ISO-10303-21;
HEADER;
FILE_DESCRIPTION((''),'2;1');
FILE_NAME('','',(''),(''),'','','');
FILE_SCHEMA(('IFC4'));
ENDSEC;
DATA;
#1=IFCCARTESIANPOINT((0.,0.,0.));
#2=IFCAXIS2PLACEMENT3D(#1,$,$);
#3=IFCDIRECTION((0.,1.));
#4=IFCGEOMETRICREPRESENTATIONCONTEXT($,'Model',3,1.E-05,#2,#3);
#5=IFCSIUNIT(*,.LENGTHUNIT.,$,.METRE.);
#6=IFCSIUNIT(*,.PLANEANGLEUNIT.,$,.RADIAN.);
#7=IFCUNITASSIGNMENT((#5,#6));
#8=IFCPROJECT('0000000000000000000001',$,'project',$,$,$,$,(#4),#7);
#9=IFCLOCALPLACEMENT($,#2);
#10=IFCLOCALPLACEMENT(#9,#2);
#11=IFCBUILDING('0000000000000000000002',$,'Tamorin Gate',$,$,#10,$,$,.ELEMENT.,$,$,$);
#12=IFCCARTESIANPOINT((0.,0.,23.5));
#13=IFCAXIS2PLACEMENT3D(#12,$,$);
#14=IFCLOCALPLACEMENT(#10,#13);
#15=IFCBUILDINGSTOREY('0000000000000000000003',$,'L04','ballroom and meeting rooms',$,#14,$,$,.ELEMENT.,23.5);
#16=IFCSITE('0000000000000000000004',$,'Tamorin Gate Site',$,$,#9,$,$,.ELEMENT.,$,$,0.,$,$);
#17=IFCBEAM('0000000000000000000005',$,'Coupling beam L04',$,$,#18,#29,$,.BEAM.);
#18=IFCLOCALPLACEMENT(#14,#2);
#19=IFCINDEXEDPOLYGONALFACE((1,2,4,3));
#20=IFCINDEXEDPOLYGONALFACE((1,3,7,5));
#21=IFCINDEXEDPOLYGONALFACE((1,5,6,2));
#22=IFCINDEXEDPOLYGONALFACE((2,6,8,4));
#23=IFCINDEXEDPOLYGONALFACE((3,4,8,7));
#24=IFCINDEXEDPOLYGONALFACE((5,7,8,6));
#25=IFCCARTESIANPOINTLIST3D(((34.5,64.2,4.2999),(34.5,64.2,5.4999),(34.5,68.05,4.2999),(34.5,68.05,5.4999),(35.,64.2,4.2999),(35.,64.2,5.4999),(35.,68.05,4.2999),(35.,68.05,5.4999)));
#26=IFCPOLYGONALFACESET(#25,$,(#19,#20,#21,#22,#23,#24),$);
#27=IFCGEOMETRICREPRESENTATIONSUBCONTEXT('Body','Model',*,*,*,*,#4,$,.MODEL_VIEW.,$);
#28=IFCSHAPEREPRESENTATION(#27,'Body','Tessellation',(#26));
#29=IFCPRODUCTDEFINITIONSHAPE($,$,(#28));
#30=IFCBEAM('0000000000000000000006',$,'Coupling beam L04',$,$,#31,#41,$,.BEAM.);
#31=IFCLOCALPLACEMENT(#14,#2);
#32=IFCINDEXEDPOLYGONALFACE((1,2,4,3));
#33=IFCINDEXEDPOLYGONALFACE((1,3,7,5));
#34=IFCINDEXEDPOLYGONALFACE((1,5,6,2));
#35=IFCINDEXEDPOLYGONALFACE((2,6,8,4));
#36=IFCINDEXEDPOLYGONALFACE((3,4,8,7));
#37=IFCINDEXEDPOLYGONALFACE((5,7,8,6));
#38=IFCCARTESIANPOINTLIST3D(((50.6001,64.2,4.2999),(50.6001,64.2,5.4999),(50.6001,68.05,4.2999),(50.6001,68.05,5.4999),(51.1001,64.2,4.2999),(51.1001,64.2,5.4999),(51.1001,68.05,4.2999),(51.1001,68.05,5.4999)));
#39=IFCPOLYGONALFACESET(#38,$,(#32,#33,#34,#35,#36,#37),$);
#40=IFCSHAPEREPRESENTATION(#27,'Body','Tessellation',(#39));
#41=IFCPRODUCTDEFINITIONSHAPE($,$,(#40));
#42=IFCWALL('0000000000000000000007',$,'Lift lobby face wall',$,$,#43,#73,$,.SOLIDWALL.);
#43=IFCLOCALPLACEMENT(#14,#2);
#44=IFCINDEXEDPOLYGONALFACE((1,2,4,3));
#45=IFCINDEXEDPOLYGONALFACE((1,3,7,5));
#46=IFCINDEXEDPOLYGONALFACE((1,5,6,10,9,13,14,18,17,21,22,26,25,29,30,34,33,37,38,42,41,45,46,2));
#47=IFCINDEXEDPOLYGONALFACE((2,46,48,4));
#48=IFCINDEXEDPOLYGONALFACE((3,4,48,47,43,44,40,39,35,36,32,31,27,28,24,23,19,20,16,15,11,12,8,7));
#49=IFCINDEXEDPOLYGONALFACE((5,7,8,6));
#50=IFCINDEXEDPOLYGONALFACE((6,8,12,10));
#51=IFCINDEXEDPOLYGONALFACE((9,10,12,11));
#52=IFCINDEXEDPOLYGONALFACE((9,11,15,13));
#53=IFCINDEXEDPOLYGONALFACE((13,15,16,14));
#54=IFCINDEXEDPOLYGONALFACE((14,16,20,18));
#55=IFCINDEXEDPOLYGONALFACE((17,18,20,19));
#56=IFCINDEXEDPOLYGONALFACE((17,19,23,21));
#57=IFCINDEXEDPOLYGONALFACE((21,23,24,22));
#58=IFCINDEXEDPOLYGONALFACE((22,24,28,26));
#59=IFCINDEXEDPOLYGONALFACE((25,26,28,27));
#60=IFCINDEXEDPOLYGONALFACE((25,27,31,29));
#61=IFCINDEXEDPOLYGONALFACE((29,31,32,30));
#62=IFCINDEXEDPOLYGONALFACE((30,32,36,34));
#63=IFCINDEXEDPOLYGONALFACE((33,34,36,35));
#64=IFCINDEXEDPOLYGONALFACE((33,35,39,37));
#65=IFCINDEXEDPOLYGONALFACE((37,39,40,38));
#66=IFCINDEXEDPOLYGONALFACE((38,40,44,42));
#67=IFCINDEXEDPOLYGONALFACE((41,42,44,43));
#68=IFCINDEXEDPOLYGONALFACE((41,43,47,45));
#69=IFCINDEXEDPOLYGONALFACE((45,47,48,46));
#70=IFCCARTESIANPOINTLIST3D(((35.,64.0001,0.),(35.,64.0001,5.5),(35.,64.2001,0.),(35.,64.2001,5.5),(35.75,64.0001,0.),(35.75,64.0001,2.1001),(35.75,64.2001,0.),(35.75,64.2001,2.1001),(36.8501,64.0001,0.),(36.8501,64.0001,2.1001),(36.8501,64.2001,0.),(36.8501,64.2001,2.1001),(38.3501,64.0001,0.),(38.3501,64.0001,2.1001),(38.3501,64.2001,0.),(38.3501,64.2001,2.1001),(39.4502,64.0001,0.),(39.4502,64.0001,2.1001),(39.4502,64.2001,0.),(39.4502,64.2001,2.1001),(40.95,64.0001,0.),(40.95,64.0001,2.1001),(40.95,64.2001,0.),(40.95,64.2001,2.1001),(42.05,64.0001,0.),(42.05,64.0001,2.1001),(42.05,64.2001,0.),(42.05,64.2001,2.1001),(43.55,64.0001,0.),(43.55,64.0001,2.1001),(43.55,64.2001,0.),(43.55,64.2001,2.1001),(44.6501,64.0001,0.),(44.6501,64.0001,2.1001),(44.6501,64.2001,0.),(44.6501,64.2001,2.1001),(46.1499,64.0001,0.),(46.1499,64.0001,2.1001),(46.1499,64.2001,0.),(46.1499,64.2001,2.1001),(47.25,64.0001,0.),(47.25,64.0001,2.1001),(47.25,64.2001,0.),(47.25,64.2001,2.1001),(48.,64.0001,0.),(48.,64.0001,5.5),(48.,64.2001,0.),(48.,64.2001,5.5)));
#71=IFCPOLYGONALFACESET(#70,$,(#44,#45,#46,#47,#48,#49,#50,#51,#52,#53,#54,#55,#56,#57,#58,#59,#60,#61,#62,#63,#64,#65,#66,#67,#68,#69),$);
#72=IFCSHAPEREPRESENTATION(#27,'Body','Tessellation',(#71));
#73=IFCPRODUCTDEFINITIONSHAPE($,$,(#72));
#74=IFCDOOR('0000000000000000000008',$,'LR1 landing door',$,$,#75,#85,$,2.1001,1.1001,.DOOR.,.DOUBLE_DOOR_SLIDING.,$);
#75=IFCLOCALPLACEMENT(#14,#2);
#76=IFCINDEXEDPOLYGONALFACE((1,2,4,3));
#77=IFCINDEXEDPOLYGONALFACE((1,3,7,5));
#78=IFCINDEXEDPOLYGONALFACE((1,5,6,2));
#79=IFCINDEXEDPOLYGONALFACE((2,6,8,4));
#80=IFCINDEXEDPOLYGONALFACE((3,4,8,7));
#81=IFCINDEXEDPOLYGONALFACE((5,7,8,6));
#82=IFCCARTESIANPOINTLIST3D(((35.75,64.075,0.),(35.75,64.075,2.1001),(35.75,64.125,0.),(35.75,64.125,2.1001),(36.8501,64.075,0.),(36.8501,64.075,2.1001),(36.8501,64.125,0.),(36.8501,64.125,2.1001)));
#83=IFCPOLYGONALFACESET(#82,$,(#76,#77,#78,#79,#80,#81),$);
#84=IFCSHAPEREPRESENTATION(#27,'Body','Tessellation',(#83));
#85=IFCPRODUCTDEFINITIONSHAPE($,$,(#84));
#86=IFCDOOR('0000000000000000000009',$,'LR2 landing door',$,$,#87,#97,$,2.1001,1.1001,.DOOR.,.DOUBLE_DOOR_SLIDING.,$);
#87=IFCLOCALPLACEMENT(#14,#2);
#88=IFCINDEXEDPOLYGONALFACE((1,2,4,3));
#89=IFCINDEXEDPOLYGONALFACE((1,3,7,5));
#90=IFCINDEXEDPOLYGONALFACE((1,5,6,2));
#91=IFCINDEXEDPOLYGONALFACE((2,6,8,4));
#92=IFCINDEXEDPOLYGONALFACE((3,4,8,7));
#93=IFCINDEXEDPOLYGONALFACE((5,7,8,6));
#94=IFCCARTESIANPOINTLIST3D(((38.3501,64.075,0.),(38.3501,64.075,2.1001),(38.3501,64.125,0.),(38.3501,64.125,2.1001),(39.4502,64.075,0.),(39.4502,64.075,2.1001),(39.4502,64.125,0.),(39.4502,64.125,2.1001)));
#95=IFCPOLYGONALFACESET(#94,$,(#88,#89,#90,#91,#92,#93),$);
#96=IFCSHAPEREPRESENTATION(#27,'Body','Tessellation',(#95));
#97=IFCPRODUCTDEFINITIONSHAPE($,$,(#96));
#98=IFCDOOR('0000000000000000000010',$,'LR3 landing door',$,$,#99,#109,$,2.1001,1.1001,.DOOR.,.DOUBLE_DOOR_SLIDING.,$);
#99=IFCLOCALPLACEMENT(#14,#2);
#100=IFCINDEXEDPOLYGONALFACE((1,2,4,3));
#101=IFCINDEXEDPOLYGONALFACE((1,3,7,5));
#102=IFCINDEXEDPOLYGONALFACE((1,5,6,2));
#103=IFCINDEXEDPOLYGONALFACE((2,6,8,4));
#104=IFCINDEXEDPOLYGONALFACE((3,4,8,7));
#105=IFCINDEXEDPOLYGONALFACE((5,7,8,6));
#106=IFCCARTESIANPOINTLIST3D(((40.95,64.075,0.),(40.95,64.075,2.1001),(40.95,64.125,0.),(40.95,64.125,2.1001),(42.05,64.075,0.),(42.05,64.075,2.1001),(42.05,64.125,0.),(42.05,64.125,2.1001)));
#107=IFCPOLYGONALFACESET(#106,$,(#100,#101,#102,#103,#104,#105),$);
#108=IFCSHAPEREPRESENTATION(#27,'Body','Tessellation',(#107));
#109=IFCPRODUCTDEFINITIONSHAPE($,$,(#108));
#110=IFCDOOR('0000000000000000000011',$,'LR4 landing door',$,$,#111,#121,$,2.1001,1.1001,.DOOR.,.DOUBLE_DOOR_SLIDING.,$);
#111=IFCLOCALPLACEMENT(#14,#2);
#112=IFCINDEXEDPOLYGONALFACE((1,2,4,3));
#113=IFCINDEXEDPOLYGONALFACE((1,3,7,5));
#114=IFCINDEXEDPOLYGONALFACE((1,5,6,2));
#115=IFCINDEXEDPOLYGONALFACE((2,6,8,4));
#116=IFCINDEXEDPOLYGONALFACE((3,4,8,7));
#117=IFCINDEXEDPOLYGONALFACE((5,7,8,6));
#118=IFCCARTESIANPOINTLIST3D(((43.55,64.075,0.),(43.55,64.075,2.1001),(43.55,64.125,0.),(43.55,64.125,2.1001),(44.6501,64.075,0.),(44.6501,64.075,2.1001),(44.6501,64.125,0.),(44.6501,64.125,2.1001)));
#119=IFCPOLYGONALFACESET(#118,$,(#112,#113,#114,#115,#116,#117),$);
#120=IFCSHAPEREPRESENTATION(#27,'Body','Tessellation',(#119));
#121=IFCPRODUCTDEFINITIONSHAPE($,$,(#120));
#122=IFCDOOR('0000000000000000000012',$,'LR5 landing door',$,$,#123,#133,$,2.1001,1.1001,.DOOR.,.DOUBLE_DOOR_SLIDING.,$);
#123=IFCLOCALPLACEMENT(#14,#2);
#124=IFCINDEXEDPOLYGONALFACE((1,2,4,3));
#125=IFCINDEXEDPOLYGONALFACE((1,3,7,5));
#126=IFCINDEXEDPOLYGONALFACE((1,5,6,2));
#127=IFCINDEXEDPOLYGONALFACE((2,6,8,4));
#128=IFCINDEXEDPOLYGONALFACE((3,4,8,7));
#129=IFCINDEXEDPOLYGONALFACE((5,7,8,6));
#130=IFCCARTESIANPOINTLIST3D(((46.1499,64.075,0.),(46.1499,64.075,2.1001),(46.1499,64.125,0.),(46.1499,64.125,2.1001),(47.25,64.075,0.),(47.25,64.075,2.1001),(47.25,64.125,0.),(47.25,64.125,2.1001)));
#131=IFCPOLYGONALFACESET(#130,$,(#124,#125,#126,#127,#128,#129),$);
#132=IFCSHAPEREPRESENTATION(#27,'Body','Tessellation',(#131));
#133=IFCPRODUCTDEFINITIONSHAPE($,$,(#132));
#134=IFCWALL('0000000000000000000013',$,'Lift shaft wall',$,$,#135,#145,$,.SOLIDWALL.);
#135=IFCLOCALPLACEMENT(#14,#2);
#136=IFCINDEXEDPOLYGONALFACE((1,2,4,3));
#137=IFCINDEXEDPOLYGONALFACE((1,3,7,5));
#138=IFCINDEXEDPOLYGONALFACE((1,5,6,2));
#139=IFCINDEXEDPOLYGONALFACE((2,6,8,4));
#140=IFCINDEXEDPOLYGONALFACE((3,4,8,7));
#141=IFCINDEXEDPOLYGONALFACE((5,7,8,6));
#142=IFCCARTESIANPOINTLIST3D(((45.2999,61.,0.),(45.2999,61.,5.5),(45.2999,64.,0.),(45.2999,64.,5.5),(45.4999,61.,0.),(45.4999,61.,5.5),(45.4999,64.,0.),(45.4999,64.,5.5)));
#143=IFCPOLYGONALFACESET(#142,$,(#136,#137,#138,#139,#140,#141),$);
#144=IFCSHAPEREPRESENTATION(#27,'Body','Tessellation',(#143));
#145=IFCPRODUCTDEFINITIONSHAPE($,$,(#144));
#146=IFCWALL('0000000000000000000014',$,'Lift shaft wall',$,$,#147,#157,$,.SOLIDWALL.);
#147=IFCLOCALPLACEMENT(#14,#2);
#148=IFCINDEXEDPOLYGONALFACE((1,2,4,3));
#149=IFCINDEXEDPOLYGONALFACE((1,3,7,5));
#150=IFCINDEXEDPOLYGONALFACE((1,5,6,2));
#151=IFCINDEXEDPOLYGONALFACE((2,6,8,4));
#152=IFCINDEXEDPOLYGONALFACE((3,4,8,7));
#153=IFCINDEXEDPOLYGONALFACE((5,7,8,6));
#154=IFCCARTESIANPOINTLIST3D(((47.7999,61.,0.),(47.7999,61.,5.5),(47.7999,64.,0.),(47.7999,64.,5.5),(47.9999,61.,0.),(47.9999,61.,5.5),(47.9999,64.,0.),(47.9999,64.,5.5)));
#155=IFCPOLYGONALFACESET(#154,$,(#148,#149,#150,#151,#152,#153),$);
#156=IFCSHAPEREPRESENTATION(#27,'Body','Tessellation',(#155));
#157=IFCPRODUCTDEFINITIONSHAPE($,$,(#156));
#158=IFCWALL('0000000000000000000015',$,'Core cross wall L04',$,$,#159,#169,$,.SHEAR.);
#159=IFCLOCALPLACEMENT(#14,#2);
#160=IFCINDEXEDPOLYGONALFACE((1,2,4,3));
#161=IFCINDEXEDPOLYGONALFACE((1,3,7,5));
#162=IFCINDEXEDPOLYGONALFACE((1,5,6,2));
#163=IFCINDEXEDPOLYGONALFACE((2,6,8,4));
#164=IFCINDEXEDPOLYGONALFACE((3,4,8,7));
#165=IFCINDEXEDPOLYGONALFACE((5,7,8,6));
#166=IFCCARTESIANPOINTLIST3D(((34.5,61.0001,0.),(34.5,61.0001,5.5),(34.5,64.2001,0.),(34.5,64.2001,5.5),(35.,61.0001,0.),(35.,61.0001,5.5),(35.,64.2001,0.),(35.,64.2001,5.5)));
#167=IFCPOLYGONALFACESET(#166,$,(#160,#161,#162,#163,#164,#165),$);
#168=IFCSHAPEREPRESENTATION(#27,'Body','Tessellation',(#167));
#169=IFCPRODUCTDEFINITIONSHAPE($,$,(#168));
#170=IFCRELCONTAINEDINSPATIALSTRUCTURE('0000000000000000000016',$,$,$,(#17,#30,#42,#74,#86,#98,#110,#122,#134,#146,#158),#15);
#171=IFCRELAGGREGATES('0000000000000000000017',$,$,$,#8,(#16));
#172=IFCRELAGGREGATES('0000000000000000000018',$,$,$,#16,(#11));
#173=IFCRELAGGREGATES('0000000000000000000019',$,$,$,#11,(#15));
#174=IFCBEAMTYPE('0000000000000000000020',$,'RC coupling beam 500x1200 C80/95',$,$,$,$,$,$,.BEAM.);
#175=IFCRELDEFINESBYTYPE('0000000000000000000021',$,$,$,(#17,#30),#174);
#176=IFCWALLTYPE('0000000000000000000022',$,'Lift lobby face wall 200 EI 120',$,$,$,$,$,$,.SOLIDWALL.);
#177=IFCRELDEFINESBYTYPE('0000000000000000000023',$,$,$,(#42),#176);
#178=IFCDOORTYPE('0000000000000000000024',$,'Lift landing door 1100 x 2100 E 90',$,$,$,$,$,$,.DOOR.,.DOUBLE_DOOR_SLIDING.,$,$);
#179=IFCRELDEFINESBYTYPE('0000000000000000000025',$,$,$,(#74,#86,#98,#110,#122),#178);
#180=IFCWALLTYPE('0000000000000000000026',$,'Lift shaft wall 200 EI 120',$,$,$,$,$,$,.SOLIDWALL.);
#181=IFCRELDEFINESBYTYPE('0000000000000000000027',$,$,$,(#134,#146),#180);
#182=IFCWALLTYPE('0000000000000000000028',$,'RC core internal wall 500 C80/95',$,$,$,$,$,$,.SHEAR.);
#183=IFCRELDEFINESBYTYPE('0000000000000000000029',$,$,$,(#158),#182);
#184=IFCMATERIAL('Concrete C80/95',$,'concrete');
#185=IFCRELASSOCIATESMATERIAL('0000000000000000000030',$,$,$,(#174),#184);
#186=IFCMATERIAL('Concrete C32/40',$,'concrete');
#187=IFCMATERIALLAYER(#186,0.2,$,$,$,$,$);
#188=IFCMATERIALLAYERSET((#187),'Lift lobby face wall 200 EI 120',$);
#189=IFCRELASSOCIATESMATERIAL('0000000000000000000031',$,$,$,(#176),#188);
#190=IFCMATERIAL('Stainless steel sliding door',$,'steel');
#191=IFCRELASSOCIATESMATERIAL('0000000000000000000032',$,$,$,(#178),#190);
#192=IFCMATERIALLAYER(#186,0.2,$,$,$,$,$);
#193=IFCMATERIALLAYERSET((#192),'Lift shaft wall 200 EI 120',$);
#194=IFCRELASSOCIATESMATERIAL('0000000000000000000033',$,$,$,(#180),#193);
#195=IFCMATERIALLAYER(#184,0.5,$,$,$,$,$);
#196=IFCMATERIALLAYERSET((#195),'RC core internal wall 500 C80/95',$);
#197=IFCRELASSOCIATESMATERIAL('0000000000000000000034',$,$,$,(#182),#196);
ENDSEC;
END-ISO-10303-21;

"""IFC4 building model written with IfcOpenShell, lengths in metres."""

from ifc_helpers import new_model, si_unit, direction, frame, frame_2d, origin, origin_2d, place, context, subcontext, project, spatial, rectangle, extrude, material, layer, layer_set, material_profile, profile_set, type_object, element, fill, save


model = new_model("IFC4")

# Units and contexts
model_context = context("Model", 3, precision=1e-05, world=origin(), true_north=direction((0.0, 1.0)))
body_context = subcontext(model_context, "Body", "Model", "MODEL_VIEW")
ifc_project = project(units=[si_unit("LENGTHUNIT", "METRE"), si_unit("PLANEANGLEUNIT", "RADIAN")], contexts=[model_context])

# Site, building, storey
site_placement = place(None, origin())
site = spatial("IfcSite", under=ifc_project, at=site_placement, Name="Tamorin Gate Site", CompositionType="ELEMENT", RefElevation=0.0)
building_placement = place(site_placement, origin())
building = spatial("IfcBuilding", under=site, at=building_placement, Name="Tamorin Gate", CompositionType="ELEMENT")
storey_placement = place(building_placement, frame((0.0, 0.0, 23.5)))
storey = spatial("IfcBuildingStorey", under=building, at=storey_placement, Name="L04", Description="ballroom and meeting rooms", CompositionType="ELEMENT", Elevation=23.5)

# Beams
ifc_material_1 = material(Name="Concrete C80/95", Category="concrete")
ifc_material_profile = material_profile(ifc_material_1, rectangle(XDim=0.5, YDim=1.2, at=origin_2d()), Name="RC 500x1200")
ifc_profile_set = profile_set([ifc_material_profile], Name="Concrete C80/95")
beam_type = type_object("IfcBeamType", Name="RC coupling beam 500x1200 C80/95", PredefinedType="BEAM", material=ifc_profile_set)
for number, where, z_axis, x_axis, name in (
    (1, (34.75, 64.2, 4.8999), (0.0, 1.0, 0.0), (-1.0, 0.0, 0.0), "Coupling beam L04"),
    (2, (50.8501, 64.2, 4.8999), (0.0, 1.0, 0.0), (-1.0, 0.0, 0.0), "Coupling beam L04"),
):
    element("IfcBeam", number, at=place(storey_placement, frame(where, z_axis=z_axis, x_axis=x_axis)), inside=storey, type_object=beam_type, Name=name, PredefinedType="BEAM", context=body_context, shape_type="SweptSolid", body=[
        extrude(rectangle(XDim=0.5, YDim=1.2, at=origin_2d()), origin(), (0.0, 0.0, 1.0), 3.8501),
    ])

# Wall, openings, doors
ifc_material_2 = material(Name="Concrete C32/40", Category="concrete")
ifc_layer_1 = layer(ifc_material_2, 0.2)
ifc_layer_set_1 = layer_set([ifc_layer_1], Name="Lift lobby face wall 200 EI 120")
wall_type_1 = type_object("IfcWallType", Name="Lift lobby face wall 200 EI 120", PredefinedType="SOLIDWALL", material=ifc_layer_set_1)
wall_1_placement = place(storey_placement, frame((35.0, 64.1001, 0.0), z_axis=(0.0, 0.0, 1.0), x_axis=(1.0, 0.0, 0.0)))
wall_1 = element("IfcWall", 3, at=wall_1_placement, inside=storey, type_object=wall_type_1, Name="Lift lobby face wall", PredefinedType="SOLIDWALL", context=body_context, shape_type="SweptSolid", body=[
    extrude(rectangle(XDim=13.0, YDim=0.2, at=frame_2d((6.5, 0.0))), origin(), (0.0, 0.0, 1.0), 5.5),
])
opening_1_placement = place(wall_1_placement, frame((0.75, 0.0, 0.0)))
opening_1 = element("IfcOpeningElement", 4, at=opening_1_placement, cuts=wall_1, PredefinedType="OPENING", context=body_context, shape_type="SweptSolid", body=[
    extrude(rectangle(XDim=1.1001, YDim=2.1001, at=frame_2d((0.55, 1.05))), frame((0.0, 0.1099, 0.0), z_axis=(0.0, -1.0, 0.0), x_axis=(1.0, 0.0, 0.0)), (0.0, 0.0, 1.0), 0.22),
])
opening_2_placement = place(wall_1_placement, frame((3.3501, 0.0, 0.0)))
opening_2 = element("IfcOpeningElement", 5, at=opening_2_placement, cuts=wall_1, PredefinedType="OPENING", context=body_context, shape_type="SweptSolid", body=[
    extrude(rectangle(XDim=1.1001, YDim=2.1001, at=frame_2d((0.55, 1.05))), frame((0.0, 0.1099, 0.0), z_axis=(0.0, -1.0, 0.0), x_axis=(1.0, 0.0, 0.0)), (0.0, 0.0, 1.0), 0.22),
])
opening_3_placement = place(wall_1_placement, frame((5.95, 0.0, 0.0)))
opening_3 = element("IfcOpeningElement", 6, at=opening_3_placement, cuts=wall_1, PredefinedType="OPENING", context=body_context, shape_type="SweptSolid", body=[
    extrude(rectangle(XDim=1.1001, YDim=2.1001, at=frame_2d((0.55, 1.05))), frame((0.0, 0.1099, 0.0), z_axis=(0.0, -1.0, 0.0), x_axis=(1.0, 0.0, 0.0)), (0.0, 0.0, 1.0), 0.22),
])
opening_4_placement = place(wall_1_placement, frame((8.55, 0.0, 0.0)))
opening_4 = element("IfcOpeningElement", 7, at=opening_4_placement, cuts=wall_1, PredefinedType="OPENING", context=body_context, shape_type="SweptSolid", body=[
    extrude(rectangle(XDim=1.1001, YDim=2.1001, at=frame_2d((0.55, 1.05))), frame((0.0, 0.1099, 0.0), z_axis=(0.0, -1.0, 0.0), x_axis=(1.0, 0.0, 0.0)), (0.0, 0.0, 1.0), 0.22),
])
opening_5_placement = place(wall_1_placement, frame((11.1499, 0.0, 0.0)))
opening_5 = element("IfcOpeningElement", 8, at=opening_5_placement, cuts=wall_1, PredefinedType="OPENING", context=body_context, shape_type="SweptSolid", body=[
    extrude(rectangle(XDim=1.1001, YDim=2.1001, at=frame_2d((0.55, 1.05))), frame((0.0, 0.1099, 0.0), z_axis=(0.0, -1.0, 0.0), x_axis=(1.0, 0.0, 0.0)), (0.0, 0.0, 1.0), 0.22),
])
ifc_material_3 = material(Name="Stainless steel sliding door", Category="steel")
door_type_1 = type_object("IfcDoorType", Name="Lift landing door 1100 x 2100 E 90", OperationType="DOUBLE_DOOR_SLIDING", PredefinedType="DOOR", material=ifc_material_3)
door_1_placement = place(opening_1_placement, origin())
door_1 = element("IfcDoor", 9, at=door_1_placement, inside=storey, type_object=door_type_1, Name="LR1 landing door", OperationType="DOUBLE_DOOR_SLIDING", OverallHeight=2.1001, OverallWidth=1.1001, PredefinedType="DOOR", context=body_context, shape_type="SweptSolid", body=[
    extrude(rectangle(XDim=1.1001, YDim=2.1001, at=frame_2d((0.55, 1.05))), frame((0.0, 0.0249, 0.0), z_axis=(0.0, -1.0, 0.0), x_axis=(1.0, 0.0, 0.0)), (0.0, 0.0, 1.0), 0.05),
])
fill(opening_1, door_1)
door_2_placement = place(opening_2_placement, origin())
door_2 = element("IfcDoor", 10, at=door_2_placement, inside=storey, type_object=door_type_1, Name="LR2 landing door", OperationType="DOUBLE_DOOR_SLIDING", OverallHeight=2.1001, OverallWidth=1.1001, PredefinedType="DOOR", context=body_context, shape_type="SweptSolid", body=[
    extrude(rectangle(XDim=1.1001, YDim=2.1001, at=frame_2d((0.55, 1.05))), frame((0.0, 0.0249, 0.0), z_axis=(0.0, -1.0, 0.0), x_axis=(1.0, 0.0, 0.0)), (0.0, 0.0, 1.0), 0.05),
])
fill(opening_2, door_2)
door_3_placement = place(opening_3_placement, origin())
door_3 = element("IfcDoor", 11, at=door_3_placement, inside=storey, type_object=door_type_1, Name="LR3 landing door", OperationType="DOUBLE_DOOR_SLIDING", OverallHeight=2.1001, OverallWidth=1.1001, PredefinedType="DOOR", context=body_context, shape_type="SweptSolid", body=[
    extrude(rectangle(XDim=1.1001, YDim=2.1001, at=frame_2d((0.55, 1.05))), frame((0.0, 0.0249, 0.0), z_axis=(0.0, -1.0, 0.0), x_axis=(1.0, 0.0, 0.0)), (0.0, 0.0, 1.0), 0.05),
])
fill(opening_3, door_3)
door_4_placement = place(opening_4_placement, origin())
door_4 = element("IfcDoor", 12, at=door_4_placement, inside=storey, type_object=door_type_1, Name="LR4 landing door", OperationType="DOUBLE_DOOR_SLIDING", OverallHeight=2.1001, OverallWidth=1.1001, PredefinedType="DOOR", context=body_context, shape_type="SweptSolid", body=[
    extrude(rectangle(XDim=1.1001, YDim=2.1001, at=frame_2d((0.55, 1.05))), frame((0.0, 0.0249, 0.0), z_axis=(0.0, -1.0, 0.0), x_axis=(1.0, 0.0, 0.0)), (0.0, 0.0, 1.0), 0.05),
])
fill(opening_4, door_4)
door_5_placement = place(opening_5_placement, origin())
door_5 = element("IfcDoor", 13, at=door_5_placement, inside=storey, type_object=door_type_1, Name="LR5 landing door", OperationType="DOUBLE_DOOR_SLIDING", OverallHeight=2.1001, OverallWidth=1.1001, PredefinedType="DOOR", context=body_context, shape_type="SweptSolid", body=[
    extrude(rectangle(XDim=1.1001, YDim=2.1001, at=frame_2d((0.55, 1.05))), frame((0.0, 0.0249, 0.0), z_axis=(0.0, -1.0, 0.0), x_axis=(1.0, 0.0, 0.0)), (0.0, 0.0, 1.0), 0.05),
])
fill(opening_5, door_5)

# Walls
ifc_layer_2 = layer(ifc_material_2, 0.2)
ifc_layer_set_2 = layer_set([ifc_layer_2], Name="Lift shaft wall 200 EI 120")
wall_type_2 = type_object("IfcWallType", Name="Lift shaft wall 200 EI 120", PredefinedType="SOLIDWALL", material=ifc_layer_set_2)
for number, where, z_axis, x_axis, name in (
    (14, (45.3999, 61.0, 0.0), (0.0, 0.0, 1.0), (0.0, 1.0, 0.0), "Lift shaft wall"),
    (15, (47.8999, 61.0, 0.0), (0.0, 0.0, 1.0), (0.0, 1.0, 0.0), "Lift shaft wall"),
):
    element("IfcWall", number, at=place(storey_placement, frame(where, z_axis=z_axis, x_axis=x_axis)), inside=storey, type_object=wall_type_2, Name=name, PredefinedType="SOLIDWALL", context=body_context, shape_type="SweptSolid", body=[
        extrude(rectangle(XDim=3.0, YDim=0.2, at=frame_2d((1.5, 0.0))), origin(), (0.0, 0.0, 1.0), 5.5),
    ])
ifc_layer_3 = layer(ifc_material_1, 0.5)
ifc_layer_set_3 = layer_set([ifc_layer_3], Name="RC core internal wall 500 C80/95")
wall_type_3 = type_object("IfcWallType", Name="RC core internal wall 500 C80/95", PredefinedType="SHEAR", material=ifc_layer_set_3)
for number, where, z_axis, x_axis, name in (
    (16, (34.75, 61.0, 0.0), (0.0, 0.0, 1.0), (0.0, 1.0, 0.0), "Core cross wall L04"),
):
    element("IfcWall", number, at=place(storey_placement, frame(where, z_axis=z_axis, x_axis=x_axis)), inside=storey, type_object=wall_type_3, Name=name, PredefinedType="SHEAR", context=body_context, shape_type="SweptSolid", body=[
        extrude(rectangle(XDim=3.2, YDim=0.5, at=frame_2d((1.6001, 0.0))), origin(), (0.0, 0.0, 1.0), 5.5),
    ])

save(model, "model.ifc")
